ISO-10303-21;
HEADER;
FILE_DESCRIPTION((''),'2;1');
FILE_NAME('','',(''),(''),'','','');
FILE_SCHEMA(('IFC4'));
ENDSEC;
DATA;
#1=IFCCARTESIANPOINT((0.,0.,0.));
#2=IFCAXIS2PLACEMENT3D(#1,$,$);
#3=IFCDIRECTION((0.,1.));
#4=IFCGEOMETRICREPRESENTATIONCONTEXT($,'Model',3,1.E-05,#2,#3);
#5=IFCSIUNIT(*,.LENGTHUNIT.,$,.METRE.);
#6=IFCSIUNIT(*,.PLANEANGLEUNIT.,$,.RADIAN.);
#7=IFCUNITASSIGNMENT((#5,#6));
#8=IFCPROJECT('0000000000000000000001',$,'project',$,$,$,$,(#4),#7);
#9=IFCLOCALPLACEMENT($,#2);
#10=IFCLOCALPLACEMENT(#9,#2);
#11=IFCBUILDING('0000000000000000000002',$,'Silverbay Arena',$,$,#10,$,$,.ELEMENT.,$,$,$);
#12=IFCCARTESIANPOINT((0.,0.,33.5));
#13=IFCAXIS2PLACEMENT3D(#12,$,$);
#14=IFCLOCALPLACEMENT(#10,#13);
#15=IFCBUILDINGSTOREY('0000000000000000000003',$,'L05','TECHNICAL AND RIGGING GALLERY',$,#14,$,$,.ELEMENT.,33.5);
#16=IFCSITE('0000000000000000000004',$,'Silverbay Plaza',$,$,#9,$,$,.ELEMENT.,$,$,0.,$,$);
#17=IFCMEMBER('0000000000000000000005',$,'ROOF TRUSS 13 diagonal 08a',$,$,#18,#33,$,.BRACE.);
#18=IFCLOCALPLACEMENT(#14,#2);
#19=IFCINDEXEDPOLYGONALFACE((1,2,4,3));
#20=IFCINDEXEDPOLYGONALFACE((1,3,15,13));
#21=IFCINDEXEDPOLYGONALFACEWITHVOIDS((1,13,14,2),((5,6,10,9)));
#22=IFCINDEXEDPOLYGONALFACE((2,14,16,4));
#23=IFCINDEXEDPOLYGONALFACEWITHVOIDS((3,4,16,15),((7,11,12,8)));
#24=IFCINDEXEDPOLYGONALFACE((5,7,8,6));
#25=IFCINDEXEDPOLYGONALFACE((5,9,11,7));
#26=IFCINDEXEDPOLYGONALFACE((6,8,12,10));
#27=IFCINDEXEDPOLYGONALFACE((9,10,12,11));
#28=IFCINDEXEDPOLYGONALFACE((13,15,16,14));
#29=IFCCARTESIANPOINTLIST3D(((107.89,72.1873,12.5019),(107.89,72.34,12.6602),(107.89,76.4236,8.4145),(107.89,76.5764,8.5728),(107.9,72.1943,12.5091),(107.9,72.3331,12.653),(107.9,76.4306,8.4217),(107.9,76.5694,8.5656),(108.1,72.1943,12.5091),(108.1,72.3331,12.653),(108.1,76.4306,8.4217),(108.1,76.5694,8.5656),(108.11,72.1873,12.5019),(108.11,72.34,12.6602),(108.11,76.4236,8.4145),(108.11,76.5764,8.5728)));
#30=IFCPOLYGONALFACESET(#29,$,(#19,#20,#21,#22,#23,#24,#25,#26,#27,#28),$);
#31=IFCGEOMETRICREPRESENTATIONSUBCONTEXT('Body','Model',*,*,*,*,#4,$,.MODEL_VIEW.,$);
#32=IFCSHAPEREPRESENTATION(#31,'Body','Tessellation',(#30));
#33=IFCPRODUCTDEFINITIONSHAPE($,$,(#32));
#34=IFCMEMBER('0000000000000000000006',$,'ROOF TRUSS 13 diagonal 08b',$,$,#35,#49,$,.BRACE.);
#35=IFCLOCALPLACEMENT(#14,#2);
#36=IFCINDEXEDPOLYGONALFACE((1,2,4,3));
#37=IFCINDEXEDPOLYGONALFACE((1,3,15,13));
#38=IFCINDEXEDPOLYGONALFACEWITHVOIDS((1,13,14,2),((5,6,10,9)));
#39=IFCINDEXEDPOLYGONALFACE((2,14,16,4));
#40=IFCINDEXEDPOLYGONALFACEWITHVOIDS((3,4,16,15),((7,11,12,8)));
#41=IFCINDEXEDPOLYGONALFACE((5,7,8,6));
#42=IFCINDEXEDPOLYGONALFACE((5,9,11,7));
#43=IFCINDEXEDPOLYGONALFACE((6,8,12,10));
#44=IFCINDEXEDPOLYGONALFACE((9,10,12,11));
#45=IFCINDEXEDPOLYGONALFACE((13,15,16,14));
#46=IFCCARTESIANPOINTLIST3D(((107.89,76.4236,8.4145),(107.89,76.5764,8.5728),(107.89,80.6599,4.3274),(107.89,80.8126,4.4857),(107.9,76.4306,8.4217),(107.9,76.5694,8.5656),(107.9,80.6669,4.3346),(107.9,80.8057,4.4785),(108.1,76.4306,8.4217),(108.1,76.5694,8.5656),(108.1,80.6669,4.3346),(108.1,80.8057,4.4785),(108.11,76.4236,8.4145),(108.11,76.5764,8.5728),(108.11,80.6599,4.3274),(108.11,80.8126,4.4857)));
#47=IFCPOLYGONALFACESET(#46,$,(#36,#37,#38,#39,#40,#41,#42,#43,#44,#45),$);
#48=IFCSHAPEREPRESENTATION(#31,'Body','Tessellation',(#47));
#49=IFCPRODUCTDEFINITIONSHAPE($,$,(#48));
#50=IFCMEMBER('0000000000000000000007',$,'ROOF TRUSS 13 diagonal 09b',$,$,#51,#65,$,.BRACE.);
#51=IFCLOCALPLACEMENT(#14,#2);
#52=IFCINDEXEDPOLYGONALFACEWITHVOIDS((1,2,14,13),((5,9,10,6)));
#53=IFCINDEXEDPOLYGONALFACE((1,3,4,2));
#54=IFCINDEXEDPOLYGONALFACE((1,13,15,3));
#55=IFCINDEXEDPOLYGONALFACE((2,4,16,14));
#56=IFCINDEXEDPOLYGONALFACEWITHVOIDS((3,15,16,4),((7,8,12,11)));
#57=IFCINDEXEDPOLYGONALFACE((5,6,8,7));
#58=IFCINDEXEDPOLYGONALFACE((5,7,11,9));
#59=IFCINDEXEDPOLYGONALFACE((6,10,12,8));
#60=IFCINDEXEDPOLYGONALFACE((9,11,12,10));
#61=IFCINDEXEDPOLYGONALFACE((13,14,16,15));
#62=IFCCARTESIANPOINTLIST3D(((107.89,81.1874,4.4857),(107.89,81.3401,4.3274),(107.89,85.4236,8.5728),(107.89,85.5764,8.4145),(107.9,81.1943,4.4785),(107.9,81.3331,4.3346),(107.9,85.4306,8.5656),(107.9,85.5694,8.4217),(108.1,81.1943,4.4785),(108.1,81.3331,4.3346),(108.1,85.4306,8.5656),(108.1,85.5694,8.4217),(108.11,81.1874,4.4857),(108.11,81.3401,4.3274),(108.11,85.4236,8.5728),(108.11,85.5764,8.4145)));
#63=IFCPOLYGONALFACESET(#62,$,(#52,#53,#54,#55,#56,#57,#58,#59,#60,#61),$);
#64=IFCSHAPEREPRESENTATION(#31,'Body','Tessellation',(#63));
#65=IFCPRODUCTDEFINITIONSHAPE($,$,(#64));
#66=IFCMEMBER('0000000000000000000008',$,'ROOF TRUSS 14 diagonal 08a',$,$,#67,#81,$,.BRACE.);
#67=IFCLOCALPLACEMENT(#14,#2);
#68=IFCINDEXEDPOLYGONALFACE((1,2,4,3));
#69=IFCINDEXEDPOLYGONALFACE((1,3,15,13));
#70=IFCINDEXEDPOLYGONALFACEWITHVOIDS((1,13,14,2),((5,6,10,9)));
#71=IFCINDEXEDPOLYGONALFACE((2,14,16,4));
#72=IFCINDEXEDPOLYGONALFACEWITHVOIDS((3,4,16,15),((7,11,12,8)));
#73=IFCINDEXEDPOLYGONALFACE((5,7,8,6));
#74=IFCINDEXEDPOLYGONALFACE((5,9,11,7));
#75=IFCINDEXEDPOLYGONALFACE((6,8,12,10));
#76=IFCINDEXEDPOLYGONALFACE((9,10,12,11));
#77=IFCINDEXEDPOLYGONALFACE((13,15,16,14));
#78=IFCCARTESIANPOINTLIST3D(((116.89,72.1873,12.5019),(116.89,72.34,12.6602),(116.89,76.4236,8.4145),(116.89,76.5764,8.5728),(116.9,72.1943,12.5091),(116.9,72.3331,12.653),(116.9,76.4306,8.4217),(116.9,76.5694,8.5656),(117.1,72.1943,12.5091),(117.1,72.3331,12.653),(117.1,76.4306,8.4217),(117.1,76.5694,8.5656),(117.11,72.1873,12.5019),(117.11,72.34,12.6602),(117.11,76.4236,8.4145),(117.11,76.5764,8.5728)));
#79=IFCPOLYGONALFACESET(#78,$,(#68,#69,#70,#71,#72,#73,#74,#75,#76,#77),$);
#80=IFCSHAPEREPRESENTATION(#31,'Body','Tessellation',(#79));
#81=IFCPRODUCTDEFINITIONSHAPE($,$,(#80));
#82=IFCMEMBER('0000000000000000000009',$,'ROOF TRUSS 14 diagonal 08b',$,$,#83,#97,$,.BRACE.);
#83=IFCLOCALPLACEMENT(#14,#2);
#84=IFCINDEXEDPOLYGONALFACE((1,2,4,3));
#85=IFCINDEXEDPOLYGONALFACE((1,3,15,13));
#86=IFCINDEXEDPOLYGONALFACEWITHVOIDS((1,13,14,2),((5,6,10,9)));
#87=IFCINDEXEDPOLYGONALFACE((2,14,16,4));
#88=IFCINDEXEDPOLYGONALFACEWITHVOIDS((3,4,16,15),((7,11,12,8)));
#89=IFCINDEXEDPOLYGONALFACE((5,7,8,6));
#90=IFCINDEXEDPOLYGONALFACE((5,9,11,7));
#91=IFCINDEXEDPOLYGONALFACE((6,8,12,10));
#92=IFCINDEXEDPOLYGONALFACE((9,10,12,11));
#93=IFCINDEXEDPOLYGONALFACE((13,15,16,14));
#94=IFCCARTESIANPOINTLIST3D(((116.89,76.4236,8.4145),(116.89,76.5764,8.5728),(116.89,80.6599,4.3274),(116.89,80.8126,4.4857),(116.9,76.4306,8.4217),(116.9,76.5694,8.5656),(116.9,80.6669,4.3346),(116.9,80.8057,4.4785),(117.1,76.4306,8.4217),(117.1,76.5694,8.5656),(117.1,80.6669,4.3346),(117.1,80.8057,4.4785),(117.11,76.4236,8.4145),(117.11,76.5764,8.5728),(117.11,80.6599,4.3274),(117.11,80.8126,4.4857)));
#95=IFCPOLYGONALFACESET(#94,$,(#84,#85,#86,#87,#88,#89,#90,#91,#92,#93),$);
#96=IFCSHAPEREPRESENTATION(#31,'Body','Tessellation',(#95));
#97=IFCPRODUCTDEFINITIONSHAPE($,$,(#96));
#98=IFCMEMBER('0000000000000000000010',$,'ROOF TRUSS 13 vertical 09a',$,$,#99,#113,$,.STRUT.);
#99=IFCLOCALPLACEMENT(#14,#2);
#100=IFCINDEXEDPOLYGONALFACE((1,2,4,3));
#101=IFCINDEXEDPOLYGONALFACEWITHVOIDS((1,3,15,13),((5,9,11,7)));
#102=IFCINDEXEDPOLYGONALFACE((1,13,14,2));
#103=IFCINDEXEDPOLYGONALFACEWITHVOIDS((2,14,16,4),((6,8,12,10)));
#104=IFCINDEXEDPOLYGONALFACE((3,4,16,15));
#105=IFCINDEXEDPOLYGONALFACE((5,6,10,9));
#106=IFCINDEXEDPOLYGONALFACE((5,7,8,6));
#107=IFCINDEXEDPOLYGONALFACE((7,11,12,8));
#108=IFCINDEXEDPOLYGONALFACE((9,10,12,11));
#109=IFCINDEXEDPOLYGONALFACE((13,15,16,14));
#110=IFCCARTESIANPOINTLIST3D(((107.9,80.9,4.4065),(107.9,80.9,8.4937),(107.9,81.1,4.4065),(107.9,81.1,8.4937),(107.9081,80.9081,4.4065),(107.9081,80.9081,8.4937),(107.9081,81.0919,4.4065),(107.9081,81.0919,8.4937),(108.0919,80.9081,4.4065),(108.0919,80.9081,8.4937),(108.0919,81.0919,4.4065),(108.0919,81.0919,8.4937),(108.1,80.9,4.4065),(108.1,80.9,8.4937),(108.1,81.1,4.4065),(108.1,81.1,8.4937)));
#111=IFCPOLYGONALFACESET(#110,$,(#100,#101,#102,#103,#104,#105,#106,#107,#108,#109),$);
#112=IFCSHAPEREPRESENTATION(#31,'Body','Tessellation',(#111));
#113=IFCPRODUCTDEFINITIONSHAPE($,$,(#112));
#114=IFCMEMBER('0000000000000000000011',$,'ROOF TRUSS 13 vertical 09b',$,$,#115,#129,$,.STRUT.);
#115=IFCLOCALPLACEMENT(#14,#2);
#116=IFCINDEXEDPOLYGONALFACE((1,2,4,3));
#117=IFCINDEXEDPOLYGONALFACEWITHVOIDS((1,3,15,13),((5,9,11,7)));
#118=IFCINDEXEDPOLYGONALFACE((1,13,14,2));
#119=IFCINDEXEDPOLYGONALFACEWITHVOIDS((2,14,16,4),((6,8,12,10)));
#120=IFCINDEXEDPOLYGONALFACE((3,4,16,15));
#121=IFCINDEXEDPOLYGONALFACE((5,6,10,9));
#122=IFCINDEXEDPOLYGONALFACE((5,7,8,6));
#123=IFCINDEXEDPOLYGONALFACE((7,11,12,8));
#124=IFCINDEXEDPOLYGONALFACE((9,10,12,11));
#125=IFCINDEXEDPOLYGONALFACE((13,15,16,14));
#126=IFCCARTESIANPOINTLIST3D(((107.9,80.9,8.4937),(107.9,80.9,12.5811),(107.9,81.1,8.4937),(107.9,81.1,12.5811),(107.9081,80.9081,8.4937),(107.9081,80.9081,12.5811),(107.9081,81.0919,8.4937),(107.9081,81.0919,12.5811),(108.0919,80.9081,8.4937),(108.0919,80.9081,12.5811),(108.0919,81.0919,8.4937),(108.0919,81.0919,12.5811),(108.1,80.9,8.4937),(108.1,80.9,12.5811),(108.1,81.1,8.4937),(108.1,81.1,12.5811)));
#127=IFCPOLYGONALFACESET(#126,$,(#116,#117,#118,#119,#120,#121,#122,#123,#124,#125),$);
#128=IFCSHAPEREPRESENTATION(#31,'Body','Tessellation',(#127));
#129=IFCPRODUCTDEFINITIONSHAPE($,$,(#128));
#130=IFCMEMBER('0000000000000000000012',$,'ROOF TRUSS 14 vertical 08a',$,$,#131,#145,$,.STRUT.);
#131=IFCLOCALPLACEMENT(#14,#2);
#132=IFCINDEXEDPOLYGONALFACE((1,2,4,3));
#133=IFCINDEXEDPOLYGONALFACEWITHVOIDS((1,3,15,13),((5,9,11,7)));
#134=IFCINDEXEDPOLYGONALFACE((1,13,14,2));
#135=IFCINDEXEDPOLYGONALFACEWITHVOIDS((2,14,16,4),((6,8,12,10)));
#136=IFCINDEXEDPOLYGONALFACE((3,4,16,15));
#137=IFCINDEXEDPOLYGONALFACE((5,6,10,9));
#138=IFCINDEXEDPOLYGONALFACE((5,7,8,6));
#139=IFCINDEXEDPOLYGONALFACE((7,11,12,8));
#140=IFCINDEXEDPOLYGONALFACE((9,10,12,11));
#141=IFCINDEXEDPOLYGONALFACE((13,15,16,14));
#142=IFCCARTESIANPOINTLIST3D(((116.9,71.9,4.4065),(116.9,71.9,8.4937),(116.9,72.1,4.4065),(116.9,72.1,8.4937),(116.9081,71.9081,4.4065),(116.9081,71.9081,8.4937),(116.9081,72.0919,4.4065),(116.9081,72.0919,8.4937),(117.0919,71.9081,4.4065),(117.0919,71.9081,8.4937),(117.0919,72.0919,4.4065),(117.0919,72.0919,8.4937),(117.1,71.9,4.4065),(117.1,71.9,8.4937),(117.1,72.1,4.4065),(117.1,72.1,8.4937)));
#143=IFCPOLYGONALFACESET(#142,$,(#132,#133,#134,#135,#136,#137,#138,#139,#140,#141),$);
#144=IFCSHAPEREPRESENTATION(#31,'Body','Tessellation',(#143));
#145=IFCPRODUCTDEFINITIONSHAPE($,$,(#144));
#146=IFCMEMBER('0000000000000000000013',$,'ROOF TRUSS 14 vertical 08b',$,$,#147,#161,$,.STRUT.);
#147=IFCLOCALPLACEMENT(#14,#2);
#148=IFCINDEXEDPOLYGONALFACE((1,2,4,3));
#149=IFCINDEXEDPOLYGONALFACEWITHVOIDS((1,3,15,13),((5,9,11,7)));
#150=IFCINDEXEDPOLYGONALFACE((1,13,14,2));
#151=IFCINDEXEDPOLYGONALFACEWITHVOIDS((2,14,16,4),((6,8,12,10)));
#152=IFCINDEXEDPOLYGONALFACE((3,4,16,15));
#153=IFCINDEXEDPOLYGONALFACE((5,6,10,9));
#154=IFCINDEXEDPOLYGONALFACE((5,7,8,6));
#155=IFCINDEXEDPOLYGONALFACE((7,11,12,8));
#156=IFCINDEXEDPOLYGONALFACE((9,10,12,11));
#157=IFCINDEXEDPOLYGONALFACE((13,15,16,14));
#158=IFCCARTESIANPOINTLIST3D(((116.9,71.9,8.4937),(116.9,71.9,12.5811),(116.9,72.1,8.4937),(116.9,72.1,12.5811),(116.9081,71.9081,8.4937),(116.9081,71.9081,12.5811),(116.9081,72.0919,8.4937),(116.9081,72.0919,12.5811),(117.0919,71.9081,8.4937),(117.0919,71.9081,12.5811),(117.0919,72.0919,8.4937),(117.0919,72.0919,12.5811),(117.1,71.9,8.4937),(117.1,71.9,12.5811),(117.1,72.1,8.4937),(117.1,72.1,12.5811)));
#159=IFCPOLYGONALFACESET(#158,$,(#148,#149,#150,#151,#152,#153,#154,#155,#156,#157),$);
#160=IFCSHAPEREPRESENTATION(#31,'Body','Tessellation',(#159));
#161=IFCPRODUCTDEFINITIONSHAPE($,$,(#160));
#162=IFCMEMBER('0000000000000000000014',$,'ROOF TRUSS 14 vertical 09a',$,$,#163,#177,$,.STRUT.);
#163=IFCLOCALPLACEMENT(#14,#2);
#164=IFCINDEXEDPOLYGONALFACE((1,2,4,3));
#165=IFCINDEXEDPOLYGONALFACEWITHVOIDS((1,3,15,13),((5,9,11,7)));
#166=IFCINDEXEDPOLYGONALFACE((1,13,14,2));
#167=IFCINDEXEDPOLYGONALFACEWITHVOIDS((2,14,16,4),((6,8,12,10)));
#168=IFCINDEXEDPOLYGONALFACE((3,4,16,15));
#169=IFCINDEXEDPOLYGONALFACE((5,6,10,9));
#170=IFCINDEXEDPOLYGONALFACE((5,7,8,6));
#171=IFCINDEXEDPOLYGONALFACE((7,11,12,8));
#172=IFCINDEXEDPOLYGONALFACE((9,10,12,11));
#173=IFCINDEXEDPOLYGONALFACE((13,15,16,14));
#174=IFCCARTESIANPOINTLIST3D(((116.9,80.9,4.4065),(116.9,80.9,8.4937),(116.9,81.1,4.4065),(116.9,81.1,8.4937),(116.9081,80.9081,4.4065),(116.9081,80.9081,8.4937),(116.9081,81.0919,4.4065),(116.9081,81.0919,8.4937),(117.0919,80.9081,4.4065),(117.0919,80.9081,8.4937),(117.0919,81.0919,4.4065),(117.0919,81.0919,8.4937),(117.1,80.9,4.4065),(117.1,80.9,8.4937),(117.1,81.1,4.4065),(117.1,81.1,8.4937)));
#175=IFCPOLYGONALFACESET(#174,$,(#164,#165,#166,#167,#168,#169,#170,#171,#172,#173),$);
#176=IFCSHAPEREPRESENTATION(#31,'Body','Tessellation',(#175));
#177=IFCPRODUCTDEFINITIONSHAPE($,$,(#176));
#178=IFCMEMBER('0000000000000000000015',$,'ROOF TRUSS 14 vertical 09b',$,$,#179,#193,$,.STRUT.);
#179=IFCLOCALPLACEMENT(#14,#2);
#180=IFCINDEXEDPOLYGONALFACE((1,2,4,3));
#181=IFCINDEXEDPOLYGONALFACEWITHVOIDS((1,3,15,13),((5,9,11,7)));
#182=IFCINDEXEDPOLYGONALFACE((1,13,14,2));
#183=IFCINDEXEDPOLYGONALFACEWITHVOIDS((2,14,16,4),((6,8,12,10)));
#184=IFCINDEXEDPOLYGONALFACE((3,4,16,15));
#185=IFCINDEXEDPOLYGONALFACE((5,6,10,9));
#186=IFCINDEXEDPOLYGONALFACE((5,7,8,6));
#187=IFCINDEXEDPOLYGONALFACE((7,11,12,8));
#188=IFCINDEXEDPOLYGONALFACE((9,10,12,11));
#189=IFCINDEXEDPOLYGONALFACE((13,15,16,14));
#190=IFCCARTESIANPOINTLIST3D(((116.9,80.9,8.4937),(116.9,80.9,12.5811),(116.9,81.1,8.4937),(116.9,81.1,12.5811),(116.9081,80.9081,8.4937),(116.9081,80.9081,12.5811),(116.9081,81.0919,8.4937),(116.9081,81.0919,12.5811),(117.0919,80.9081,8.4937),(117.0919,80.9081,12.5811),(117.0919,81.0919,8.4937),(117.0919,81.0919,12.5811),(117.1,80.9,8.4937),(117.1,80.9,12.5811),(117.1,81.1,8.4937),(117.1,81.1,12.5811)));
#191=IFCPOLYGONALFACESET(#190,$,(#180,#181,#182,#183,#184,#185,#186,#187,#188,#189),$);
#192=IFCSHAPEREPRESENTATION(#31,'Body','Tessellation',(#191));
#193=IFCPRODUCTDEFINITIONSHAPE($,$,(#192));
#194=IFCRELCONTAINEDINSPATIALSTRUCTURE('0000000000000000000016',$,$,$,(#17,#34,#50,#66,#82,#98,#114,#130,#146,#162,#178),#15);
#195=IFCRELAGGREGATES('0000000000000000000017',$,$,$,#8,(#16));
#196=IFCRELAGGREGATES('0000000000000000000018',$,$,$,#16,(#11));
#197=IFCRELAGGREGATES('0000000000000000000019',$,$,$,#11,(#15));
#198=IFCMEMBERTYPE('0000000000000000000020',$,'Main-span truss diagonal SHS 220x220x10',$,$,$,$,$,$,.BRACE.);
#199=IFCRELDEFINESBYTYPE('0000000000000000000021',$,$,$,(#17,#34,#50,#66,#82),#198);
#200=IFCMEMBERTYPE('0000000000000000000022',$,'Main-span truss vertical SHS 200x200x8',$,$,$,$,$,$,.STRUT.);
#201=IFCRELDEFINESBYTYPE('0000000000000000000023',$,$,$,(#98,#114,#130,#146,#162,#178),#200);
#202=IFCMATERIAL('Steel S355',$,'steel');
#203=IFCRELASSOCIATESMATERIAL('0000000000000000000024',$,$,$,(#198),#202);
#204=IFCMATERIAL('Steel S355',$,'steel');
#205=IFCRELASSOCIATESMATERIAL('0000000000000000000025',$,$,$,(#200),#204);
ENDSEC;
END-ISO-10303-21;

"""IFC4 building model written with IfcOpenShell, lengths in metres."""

from ifc_helpers import new_model, si_unit, direction, frame, origin, origin_2d, place, context, subcontext, project, spatial, hollow_rectangle, extrude, material, material_profile, profile_set, type_object, element, save


model = new_model("IFC4")

# Units and contexts
model_context = context("Model", 3, precision=1e-05, world=origin(), true_north=direction((0.0, 1.0)))
body_context = subcontext(model_context, "Body", "Model", "MODEL_VIEW")
ifc_project = project(units=[si_unit("LENGTHUNIT", "METRE"), si_unit("PLANEANGLEUNIT", "RADIAN")], contexts=[model_context])

# Site, building, storey
site_placement = place(None, origin())
site = spatial("IfcSite", under=ifc_project, at=site_placement, Name="Silverbay Plaza", CompositionType="ELEMENT", RefElevation=0.0)
building_placement = place(site_placement, origin())
building = spatial("IfcBuilding", under=site, at=building_placement, Name="Silverbay Arena", CompositionType="ELEMENT")
storey_placement = place(building_placement, frame((0.0, 0.0, 33.5)))
storey = spatial("IfcBuildingStorey", under=building, at=storey_placement, Name="L05", Description="TECHNICAL AND RIGGING GALLERY", CompositionType="ELEMENT", Elevation=33.5)

# Members
ifc_material_1 = material(Name="Steel S355", Category="steel")
ifc_material_profile_1 = material_profile(ifc_material_1, hollow_rectangle(XDim=0.22, YDim=0.22, WallThickness=0.01, at=origin_2d()), Name="SHS 220x220x10")
ifc_profile_set_1 = profile_set([ifc_material_profile_1], Name="Steel S355")
member_type_1 = type_object("IfcMemberType", Name="Main-span truss diagonal SHS 220x220x10", PredefinedType="BRACE", material=ifc_profile_set_1)
member_1_placement = place(storey_placement, frame((108.0, 72.2637, 12.5811), z_axis=(0.0, 0.719643, -0.694344), x_axis=(-1.0, 0.0, 0.0)))
element("IfcMember", 1, at=member_1_placement, inside=storey, type_object=member_type_1, Name="ROOF TRUSS 13 diagonal 08a", PredefinedType="BRACE", context=body_context, shape_type="SweptSolid", body=[
    extrude(hollow_rectangle(XDim=0.22, YDim=0.22, WallThickness=0.01, at=origin_2d()), origin(), (0.0, 0.0, 1.0), 5.8867),
])
for number, where, z_axis, x_axis, name in (
    (2, (108.0, 76.5, 8.4937), (0.0, 0.719664, -0.694323), (-1.0, 0.0, 0.0), "ROOF TRUSS 13 diagonal 08b"),
    (3, (108.0, 85.5, 8.4937), (0.0, -0.719664, -0.694323), (1.0, 0.0, 0.0), "ROOF TRUSS 13 diagonal 09b"),
):
    element("IfcMember", number, at=place(storey_placement, frame(where, z_axis=z_axis, x_axis=x_axis)), inside=storey, type_object=member_type_1, Name=name, PredefinedType="BRACE", context=body_context, shape_type="SweptSolid", body=[
        extrude(hollow_rectangle(XDim=0.22, YDim=0.22, WallThickness=0.01, at=origin_2d()), origin(), (0.0, 0.0, 1.0), 5.8865),
    ])
member_2_placement = place(storey_placement, frame((117.0, 72.2637, 12.5811), z_axis=(0.0, 0.719643, -0.694344), x_axis=(-1.0, 0.0, 0.0)))
element("IfcMember", 4, at=member_2_placement, inside=storey, type_object=member_type_1, Name="ROOF TRUSS 14 diagonal 08a", PredefinedType="BRACE", context=body_context, shape_type="SweptSolid", body=[
    extrude(hollow_rectangle(XDim=0.22, YDim=0.22, WallThickness=0.01, at=origin_2d()), origin(), (0.0, 0.0, 1.0), 5.8867),
])
member_3_placement = place(storey_placement, frame((117.0, 76.5, 8.4937), z_axis=(0.0, 0.719664, -0.694323), x_axis=(-1.0, 0.0, 0.0)))
element("IfcMember", 5, at=member_3_placement, inside=storey, type_object=member_type_1, Name="ROOF TRUSS 14 diagonal 08b", PredefinedType="BRACE", context=body_context, shape_type="SweptSolid", body=[
    extrude(hollow_rectangle(XDim=0.22, YDim=0.22, WallThickness=0.01, at=origin_2d()), origin(), (0.0, 0.0, 1.0), 5.8865),
])
ifc_material_2 = material(Name="Steel S355", Category="steel")
ifc_material_profile_2 = material_profile(ifc_material_2, hollow_rectangle(XDim=0.2, YDim=0.2, WallThickness=0.0081, at=origin_2d()), Name="SHS 200x200x8")
ifc_profile_set_2 = profile_set([ifc_material_profile_2], Name="Steel S355")
member_type_2 = type_object("IfcMemberType", Name="Main-span truss vertical SHS 200x200x8", PredefinedType="STRUT", material=ifc_profile_set_2)
member_4_placement = place(storey_placement, frame((108.0, 81.0, 4.4065), z_axis=(0.0, 0.0, 1.0), x_axis=(1.0, 0.0, 0.0)))
element("IfcMember", 6, at=member_4_placement, inside=storey, type_object=member_type_2, Name="ROOF TRUSS 13 vertical 09a", PredefinedType="STRUT", context=body_context, shape_type="SweptSolid", body=[
    extrude(hollow_rectangle(XDim=0.2, YDim=0.2, WallThickness=0.0081, at=origin_2d()), origin(), (0.0, 0.0, 1.0), 4.0872),
])
member_5_placement = place(storey_placement, frame((108.0, 81.0, 8.4937), z_axis=(0.0, 0.0, 1.0), x_axis=(1.0, 0.0, 0.0)))
element("IfcMember", 7, at=member_5_placement, inside=storey, type_object=member_type_2, Name="ROOF TRUSS 13 vertical 09b", PredefinedType="STRUT", context=body_context, shape_type="SweptSolid", body=[
    extrude(hollow_rectangle(XDim=0.2, YDim=0.2, WallThickness=0.0081, at=origin_2d()), origin(), (0.0, 0.0, 1.0), 4.0874),
])
member_6_placement = place(storey_placement, frame((117.0, 72.0, 4.4065), z_axis=(0.0, 0.0, 1.0), x_axis=(1.0, 0.0, 0.0)))
element("IfcMember", 8, at=member_6_placement, inside=storey, type_object=member_type_2, Name="ROOF TRUSS 14 vertical 08a", PredefinedType="STRUT", context=body_context, shape_type="SweptSolid", body=[
    extrude(hollow_rectangle(XDim=0.2, YDim=0.2, WallThickness=0.0081, at=origin_2d()), origin(), (0.0, 0.0, 1.0), 4.0872),
])
member_7_placement = place(storey_placement, frame((117.0, 72.0, 8.4937), z_axis=(0.0, 0.0, 1.0), x_axis=(1.0, 0.0, 0.0)))
element("IfcMember", 9, at=member_7_placement, inside=storey, type_object=member_type_2, Name="ROOF TRUSS 14 vertical 08b", PredefinedType="STRUT", context=body_context, shape_type="SweptSolid", body=[
    extrude(hollow_rectangle(XDim=0.2, YDim=0.2, WallThickness=0.0081, at=origin_2d()), origin(), (0.0, 0.0, 1.0), 4.0874),
])
member_8_placement = place(storey_placement, frame((117.0, 81.0, 4.4065), z_axis=(0.0, 0.0, 1.0), x_axis=(1.0, 0.0, 0.0)))
element("IfcMember", 10, at=member_8_placement, inside=storey, type_object=member_type_2, Name="ROOF TRUSS 14 vertical 09a", PredefinedType="STRUT", context=body_context, shape_type="SweptSolid", body=[
    extrude(hollow_rectangle(XDim=0.2, YDim=0.2, WallThickness=0.0081, at=origin_2d()), origin(), (0.0, 0.0, 1.0), 4.0872),
])
member_9_placement = place(storey_placement, frame((117.0, 81.0, 8.4937), z_axis=(0.0, 0.0, 1.0), x_axis=(1.0, 0.0, 0.0)))
element("IfcMember", 11, at=member_9_placement, inside=storey, type_object=member_type_2, Name="ROOF TRUSS 14 vertical 09b", PredefinedType="STRUT", context=body_context, shape_type="SweptSolid", body=[
    extrude(hollow_rectangle(XDim=0.2, YDim=0.2, WallThickness=0.0081, at=origin_2d()), origin(), (0.0, 0.0, 1.0), 4.0874),
])

save(model, "model.ifc")
